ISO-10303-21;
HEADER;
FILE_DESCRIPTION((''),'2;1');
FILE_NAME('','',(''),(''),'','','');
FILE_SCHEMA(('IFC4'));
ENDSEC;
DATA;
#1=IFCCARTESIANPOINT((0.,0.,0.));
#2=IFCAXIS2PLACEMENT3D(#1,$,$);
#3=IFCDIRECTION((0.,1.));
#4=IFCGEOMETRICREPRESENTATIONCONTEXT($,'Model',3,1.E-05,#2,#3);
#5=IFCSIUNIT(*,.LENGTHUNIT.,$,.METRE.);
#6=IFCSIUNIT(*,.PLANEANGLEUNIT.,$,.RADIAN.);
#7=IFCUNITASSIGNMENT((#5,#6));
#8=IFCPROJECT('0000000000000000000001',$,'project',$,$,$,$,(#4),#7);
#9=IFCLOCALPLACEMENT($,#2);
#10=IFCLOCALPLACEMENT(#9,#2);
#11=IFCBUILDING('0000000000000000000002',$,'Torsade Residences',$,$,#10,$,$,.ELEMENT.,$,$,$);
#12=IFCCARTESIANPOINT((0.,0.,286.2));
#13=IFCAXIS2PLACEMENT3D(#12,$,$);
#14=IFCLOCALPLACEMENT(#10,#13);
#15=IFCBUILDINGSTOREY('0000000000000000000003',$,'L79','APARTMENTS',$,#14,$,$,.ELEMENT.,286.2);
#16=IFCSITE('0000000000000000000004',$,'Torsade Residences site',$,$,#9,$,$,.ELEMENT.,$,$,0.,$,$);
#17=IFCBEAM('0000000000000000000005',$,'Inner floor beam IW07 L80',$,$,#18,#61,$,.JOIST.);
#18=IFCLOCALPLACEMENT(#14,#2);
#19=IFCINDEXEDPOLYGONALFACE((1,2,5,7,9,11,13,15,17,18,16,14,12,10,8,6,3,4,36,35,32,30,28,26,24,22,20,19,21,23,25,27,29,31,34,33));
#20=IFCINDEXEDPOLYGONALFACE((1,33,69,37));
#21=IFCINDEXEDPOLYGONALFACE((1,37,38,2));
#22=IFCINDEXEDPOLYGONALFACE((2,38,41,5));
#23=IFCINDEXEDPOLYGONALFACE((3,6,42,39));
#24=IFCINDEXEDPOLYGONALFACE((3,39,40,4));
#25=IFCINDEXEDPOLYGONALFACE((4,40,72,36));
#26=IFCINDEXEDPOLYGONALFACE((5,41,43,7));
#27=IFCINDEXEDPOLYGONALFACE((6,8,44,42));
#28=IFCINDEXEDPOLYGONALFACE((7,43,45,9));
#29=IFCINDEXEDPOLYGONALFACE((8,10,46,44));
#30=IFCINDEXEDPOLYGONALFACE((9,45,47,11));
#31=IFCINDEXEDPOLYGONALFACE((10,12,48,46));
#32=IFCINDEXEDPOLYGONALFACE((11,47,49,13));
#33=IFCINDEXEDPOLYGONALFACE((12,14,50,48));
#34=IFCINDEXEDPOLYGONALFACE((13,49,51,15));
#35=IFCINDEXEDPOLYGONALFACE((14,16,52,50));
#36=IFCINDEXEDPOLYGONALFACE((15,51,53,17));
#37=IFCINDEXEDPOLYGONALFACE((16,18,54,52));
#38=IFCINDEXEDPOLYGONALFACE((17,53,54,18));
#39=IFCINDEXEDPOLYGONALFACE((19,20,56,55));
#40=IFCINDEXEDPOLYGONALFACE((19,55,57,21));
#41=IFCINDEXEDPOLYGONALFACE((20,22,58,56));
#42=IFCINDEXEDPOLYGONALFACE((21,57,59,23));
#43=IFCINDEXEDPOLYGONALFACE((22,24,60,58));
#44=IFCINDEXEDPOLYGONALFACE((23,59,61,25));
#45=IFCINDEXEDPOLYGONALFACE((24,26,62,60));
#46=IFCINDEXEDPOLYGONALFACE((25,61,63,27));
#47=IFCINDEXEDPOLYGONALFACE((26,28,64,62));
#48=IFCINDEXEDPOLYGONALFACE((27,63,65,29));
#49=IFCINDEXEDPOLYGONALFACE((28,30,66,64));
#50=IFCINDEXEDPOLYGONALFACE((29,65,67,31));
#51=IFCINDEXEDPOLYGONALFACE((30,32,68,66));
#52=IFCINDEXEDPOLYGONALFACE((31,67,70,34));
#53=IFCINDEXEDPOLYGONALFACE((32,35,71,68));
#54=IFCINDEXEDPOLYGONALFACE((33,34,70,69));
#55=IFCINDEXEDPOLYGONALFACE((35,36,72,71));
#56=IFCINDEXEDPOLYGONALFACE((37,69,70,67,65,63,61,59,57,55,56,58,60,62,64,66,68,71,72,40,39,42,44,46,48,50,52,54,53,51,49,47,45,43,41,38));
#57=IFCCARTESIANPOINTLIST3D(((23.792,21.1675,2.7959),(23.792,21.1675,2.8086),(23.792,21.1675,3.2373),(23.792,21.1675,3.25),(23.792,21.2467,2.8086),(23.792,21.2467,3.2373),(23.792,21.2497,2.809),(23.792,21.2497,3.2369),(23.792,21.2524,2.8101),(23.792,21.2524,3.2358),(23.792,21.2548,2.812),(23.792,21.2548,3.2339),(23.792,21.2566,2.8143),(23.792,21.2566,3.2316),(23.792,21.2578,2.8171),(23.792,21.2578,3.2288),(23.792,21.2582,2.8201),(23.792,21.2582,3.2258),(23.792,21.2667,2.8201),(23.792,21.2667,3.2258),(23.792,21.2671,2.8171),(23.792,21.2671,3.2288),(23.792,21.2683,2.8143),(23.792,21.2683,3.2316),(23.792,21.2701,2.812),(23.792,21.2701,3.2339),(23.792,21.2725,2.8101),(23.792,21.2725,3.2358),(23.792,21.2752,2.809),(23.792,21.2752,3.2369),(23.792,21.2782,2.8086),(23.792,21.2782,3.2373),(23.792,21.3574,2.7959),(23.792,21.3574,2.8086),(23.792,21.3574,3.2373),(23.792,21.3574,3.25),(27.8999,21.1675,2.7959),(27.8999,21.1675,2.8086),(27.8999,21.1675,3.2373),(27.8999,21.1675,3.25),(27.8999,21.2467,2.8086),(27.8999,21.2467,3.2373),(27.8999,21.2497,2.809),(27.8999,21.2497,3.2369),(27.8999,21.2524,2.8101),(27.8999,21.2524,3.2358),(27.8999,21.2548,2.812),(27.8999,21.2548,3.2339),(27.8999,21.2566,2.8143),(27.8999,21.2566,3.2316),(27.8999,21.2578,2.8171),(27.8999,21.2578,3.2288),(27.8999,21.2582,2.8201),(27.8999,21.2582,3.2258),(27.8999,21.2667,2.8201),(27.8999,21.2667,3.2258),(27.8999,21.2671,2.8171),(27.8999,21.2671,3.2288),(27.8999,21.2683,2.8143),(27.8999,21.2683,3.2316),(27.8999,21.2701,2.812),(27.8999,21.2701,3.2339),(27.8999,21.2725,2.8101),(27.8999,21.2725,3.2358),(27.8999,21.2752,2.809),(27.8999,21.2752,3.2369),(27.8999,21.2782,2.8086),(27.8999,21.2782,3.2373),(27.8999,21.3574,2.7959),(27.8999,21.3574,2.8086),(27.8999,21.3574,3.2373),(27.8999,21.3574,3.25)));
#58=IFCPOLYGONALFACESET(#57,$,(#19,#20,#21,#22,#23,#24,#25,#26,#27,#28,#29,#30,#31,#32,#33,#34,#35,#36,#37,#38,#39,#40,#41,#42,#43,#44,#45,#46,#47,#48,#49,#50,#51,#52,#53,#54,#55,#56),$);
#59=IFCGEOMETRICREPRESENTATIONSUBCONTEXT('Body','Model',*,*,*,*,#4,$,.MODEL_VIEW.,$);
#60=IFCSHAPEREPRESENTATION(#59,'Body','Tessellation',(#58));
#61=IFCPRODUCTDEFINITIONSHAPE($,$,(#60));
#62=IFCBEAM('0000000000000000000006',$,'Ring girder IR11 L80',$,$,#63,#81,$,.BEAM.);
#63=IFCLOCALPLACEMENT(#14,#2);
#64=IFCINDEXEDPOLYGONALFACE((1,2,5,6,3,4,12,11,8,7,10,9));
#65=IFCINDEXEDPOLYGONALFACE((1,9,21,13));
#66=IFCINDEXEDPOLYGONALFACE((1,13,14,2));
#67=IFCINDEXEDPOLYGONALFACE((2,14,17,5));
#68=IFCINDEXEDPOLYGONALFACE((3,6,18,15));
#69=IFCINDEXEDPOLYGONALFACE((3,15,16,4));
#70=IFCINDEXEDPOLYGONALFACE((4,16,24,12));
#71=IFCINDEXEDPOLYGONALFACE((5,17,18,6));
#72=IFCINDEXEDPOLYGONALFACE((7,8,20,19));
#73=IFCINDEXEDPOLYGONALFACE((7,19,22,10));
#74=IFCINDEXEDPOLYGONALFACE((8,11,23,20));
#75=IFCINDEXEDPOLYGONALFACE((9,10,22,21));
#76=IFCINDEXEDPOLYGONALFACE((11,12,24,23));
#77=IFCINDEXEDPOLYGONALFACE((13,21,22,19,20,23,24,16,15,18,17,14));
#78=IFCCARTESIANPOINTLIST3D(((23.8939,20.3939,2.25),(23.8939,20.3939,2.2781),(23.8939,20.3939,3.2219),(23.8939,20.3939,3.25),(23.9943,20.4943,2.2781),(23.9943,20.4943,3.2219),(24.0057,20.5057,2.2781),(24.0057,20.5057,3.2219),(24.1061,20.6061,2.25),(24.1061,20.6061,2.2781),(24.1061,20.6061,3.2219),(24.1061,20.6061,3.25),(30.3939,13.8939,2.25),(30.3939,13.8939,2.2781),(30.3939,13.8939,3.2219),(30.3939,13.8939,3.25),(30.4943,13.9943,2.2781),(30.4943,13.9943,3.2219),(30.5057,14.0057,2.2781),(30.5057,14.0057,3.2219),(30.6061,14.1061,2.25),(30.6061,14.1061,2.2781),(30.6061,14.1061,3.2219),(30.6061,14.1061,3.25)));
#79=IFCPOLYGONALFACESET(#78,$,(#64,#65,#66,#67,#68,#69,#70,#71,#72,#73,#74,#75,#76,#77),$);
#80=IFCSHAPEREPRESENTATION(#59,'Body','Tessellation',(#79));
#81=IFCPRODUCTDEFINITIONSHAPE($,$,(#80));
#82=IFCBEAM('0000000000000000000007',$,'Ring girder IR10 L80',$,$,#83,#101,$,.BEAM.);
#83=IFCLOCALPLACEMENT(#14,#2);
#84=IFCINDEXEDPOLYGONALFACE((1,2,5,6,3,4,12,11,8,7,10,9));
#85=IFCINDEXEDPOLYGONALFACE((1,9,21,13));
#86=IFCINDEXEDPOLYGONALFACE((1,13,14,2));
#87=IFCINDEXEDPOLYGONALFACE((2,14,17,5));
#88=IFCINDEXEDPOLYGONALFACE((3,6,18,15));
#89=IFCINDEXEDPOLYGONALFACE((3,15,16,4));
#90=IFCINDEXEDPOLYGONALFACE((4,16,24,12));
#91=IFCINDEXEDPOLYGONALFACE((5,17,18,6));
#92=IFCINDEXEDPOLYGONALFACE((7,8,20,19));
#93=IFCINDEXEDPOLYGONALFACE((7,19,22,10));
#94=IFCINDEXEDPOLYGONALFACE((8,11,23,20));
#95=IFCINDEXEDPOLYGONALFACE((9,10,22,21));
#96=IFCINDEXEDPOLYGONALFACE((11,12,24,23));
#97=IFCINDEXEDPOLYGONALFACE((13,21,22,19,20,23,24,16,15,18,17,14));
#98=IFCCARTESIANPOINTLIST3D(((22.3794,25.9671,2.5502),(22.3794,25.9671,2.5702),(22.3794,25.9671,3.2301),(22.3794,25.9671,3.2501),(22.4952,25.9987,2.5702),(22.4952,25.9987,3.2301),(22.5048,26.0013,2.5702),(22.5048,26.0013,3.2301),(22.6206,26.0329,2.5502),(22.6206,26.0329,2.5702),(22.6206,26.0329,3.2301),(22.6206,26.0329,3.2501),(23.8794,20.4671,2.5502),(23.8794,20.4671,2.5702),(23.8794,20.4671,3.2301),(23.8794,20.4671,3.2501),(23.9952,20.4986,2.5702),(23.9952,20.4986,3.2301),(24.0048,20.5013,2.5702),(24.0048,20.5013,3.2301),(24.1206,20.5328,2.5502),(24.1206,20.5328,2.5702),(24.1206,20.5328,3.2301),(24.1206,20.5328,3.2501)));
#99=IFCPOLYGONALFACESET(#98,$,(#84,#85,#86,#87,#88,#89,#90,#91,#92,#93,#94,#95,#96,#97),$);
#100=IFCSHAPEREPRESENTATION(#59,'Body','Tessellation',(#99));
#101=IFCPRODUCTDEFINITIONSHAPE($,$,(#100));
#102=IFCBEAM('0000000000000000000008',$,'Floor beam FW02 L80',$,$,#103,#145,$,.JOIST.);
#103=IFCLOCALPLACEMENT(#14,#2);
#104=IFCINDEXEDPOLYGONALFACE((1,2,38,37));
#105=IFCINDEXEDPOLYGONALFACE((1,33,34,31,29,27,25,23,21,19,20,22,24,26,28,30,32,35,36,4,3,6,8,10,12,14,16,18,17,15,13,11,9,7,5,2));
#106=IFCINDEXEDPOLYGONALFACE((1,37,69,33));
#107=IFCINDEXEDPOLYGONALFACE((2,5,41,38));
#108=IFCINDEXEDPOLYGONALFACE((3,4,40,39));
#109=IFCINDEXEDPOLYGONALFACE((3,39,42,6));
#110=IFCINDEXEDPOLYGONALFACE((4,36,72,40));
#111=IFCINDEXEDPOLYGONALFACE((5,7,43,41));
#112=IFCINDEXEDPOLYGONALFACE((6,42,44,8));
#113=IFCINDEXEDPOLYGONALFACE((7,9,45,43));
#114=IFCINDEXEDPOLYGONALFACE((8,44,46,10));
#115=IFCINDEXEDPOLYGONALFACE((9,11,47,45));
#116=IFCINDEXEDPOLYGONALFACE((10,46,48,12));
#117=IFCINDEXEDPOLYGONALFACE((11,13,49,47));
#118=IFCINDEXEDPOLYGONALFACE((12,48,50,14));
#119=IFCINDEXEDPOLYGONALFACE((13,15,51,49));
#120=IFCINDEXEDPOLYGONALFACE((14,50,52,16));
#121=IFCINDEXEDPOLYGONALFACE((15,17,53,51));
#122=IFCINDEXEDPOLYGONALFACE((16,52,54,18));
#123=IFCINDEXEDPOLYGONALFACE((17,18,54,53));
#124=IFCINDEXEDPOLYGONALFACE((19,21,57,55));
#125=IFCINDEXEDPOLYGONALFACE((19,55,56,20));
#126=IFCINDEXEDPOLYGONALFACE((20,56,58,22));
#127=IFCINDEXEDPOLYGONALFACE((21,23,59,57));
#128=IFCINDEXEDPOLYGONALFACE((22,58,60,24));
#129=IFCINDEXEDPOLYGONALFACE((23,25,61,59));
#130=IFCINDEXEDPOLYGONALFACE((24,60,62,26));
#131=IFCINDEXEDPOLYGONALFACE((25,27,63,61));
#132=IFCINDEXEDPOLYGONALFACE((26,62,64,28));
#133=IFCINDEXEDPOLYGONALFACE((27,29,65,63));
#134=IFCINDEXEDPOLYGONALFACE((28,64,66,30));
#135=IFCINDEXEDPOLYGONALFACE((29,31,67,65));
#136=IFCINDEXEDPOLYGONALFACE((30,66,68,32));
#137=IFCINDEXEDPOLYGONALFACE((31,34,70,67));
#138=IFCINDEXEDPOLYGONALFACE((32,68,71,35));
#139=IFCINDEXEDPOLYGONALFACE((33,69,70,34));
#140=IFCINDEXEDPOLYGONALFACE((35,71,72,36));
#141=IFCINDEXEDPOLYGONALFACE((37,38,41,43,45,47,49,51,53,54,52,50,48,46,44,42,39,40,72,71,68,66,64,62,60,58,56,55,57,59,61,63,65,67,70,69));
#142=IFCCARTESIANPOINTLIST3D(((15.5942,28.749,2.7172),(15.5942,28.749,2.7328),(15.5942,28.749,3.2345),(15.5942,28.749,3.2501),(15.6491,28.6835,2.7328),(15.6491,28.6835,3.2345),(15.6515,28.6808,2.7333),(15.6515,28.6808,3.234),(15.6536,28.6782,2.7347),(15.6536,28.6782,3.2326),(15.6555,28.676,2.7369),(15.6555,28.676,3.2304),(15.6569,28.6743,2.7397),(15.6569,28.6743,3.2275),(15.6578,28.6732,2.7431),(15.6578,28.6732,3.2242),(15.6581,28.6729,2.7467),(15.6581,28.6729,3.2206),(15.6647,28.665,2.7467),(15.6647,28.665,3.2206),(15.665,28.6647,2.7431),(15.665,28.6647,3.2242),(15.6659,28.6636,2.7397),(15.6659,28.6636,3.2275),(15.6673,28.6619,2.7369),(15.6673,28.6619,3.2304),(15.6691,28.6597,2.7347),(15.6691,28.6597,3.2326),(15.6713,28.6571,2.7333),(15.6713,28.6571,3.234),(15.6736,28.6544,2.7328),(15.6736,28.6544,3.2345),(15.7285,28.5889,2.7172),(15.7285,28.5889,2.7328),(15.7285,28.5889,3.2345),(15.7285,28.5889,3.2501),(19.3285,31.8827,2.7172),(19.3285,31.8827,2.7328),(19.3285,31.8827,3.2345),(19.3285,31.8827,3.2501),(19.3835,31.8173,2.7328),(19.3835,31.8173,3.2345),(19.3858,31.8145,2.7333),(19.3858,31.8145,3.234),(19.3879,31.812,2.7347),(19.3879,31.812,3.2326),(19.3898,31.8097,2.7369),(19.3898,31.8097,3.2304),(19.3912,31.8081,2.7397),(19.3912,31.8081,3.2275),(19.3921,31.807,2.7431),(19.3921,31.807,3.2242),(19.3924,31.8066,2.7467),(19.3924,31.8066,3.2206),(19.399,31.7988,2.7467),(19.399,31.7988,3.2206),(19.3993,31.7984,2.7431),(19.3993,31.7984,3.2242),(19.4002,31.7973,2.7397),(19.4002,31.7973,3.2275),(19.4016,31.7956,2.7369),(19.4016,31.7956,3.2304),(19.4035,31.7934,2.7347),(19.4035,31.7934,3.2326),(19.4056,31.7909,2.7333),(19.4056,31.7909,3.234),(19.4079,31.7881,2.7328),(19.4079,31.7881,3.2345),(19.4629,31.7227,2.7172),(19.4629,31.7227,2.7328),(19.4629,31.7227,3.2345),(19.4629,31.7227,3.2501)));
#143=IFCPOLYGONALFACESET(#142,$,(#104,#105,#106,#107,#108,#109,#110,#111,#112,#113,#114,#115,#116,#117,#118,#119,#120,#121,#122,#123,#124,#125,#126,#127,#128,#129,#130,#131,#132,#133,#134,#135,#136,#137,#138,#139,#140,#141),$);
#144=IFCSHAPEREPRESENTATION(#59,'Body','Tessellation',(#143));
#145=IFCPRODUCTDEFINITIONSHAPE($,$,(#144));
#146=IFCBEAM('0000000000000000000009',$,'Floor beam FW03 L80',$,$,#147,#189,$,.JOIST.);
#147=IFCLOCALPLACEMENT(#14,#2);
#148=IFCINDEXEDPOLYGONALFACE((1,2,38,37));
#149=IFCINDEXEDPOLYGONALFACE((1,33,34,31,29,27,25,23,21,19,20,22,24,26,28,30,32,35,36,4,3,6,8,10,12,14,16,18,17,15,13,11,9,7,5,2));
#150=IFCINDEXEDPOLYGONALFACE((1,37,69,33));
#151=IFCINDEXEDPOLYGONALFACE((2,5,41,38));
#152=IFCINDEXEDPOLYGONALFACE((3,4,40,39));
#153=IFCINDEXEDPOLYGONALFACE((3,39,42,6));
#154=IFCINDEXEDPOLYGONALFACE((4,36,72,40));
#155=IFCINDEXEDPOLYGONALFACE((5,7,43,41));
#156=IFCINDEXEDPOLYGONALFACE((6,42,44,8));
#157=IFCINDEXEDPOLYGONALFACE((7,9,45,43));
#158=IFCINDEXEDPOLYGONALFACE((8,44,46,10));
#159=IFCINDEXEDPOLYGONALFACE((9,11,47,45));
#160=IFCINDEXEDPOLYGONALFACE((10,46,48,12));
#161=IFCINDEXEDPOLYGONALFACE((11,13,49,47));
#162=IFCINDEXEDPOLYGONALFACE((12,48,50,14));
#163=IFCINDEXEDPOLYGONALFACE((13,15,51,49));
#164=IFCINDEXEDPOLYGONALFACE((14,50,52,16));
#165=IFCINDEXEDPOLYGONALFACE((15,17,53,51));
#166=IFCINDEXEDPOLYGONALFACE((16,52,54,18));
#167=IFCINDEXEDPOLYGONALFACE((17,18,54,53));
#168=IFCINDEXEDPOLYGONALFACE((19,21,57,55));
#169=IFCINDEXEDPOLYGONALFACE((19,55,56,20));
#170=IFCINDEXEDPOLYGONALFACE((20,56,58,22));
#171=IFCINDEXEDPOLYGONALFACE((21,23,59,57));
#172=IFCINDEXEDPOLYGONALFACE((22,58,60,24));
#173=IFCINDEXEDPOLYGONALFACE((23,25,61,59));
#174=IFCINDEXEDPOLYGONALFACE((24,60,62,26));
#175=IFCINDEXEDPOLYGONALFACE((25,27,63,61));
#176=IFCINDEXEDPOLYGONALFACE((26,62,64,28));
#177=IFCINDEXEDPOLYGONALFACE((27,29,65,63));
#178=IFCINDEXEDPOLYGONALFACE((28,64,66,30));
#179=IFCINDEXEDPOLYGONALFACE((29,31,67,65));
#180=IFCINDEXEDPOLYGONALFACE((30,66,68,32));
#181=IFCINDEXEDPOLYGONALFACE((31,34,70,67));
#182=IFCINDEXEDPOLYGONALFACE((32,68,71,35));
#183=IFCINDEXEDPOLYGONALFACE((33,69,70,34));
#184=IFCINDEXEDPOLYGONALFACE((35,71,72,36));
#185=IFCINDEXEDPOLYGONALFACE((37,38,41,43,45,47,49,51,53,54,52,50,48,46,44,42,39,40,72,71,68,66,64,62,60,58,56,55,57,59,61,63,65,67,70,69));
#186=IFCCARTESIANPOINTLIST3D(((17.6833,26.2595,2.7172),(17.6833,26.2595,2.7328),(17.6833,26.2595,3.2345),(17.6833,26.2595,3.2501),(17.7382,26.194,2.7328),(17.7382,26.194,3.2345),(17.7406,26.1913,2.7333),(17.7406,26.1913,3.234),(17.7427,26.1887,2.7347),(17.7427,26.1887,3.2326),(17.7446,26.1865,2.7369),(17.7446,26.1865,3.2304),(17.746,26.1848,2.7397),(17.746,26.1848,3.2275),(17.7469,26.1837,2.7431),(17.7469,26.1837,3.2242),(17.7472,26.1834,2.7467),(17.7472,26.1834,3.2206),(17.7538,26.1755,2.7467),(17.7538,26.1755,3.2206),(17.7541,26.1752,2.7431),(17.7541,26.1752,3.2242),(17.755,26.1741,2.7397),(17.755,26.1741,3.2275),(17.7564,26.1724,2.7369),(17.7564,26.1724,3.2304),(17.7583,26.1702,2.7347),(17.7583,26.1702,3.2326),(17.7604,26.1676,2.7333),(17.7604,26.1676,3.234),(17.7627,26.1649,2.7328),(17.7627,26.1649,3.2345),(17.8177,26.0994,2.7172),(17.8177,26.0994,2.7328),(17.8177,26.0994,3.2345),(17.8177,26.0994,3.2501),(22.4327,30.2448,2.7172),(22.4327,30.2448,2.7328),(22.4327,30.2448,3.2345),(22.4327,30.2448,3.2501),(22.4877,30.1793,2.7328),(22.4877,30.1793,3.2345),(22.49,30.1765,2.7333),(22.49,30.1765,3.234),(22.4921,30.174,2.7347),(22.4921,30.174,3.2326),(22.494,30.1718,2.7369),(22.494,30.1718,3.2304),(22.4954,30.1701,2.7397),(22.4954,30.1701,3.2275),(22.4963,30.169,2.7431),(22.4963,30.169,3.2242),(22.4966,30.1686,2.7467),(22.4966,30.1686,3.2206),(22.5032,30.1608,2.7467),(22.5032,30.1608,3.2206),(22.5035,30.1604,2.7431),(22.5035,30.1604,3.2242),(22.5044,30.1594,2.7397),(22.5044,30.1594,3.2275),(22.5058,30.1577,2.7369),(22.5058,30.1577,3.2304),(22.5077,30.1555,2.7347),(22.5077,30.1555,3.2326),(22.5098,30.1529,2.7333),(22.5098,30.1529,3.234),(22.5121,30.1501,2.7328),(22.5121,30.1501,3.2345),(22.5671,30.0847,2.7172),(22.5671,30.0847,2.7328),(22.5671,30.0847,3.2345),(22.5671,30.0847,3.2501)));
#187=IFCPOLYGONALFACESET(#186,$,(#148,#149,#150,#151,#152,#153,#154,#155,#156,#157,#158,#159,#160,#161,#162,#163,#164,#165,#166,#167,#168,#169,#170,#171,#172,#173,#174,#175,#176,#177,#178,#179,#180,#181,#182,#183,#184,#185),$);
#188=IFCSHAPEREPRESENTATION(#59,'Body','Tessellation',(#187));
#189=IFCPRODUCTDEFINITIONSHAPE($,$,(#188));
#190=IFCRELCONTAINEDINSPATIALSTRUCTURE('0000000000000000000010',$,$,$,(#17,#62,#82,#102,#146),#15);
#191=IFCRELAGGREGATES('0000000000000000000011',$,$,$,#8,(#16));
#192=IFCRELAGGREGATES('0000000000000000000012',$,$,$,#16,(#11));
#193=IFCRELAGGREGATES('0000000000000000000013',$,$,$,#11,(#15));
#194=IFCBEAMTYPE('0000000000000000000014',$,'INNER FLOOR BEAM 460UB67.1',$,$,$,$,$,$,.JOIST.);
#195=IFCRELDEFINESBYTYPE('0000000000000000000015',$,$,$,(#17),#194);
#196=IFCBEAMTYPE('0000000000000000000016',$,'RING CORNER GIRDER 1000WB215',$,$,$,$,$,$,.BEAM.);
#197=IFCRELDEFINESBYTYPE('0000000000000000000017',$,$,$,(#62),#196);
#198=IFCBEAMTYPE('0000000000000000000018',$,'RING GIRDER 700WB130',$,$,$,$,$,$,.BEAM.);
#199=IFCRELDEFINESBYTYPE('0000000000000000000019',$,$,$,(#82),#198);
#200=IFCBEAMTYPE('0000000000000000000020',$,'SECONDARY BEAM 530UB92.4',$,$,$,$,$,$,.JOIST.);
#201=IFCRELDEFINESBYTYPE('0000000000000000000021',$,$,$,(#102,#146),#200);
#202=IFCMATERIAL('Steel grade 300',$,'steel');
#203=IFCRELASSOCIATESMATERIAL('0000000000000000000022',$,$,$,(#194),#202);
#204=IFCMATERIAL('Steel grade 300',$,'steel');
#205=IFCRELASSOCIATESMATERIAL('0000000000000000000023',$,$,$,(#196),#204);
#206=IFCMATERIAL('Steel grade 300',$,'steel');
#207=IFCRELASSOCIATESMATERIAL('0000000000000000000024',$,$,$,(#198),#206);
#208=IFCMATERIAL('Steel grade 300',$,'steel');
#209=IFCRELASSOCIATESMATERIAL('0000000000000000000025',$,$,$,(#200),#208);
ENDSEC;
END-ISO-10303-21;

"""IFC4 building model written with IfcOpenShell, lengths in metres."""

from ifc_helpers import new_model, si_unit, direction, frame, origin, origin_2d, place, context, subcontext, project, spatial, i_section, extrude, material, material_profile, profile_set, type_object, element, save


model = new_model("IFC4")

# Units and contexts
model_context = context("Model", 3, precision=1e-05, world=origin(), true_north=direction((0.0, 1.0)))
body_context = subcontext(model_context, "Body", "Model", "MODEL_VIEW")
ifc_project = project(units=[si_unit("LENGTHUNIT", "METRE"), si_unit("PLANEANGLEUNIT", "RADIAN")], contexts=[model_context])

# Site, building, storey
site_placement = place(None, origin())
site = spatial("IfcSite", under=ifc_project, at=site_placement, Name="Torsade Residences site", CompositionType="ELEMENT", RefElevation=0.0)
building_placement = place(site_placement, origin())
building = spatial("IfcBuilding", under=site, at=building_placement, Name="Torsade Residences", CompositionType="ELEMENT")
storey_placement = place(building_placement, frame((0.0, 0.0, 286.2)))
storey = spatial("IfcBuildingStorey", under=building, at=storey_placement, Name="L79", Description="APARTMENTS", CompositionType="ELEMENT", Elevation=286.2)

# Beams
ifc_material_1 = material(Name="Steel grade 300", Category="steel")
ifc_material_profile_1 = material_profile(ifc_material_1, i_section(OverallWidth=0.1899, OverallDepth=0.4541, WebThickness=0.0085, FlangeThickness=0.0127, FilletRadius=0.0115, at=origin_2d()), Name="460UB67.1")
ifc_profile_set_1 = profile_set([ifc_material_profile_1], Name="Steel grade 300")
beam_type_1 = type_object("IfcBeamType", Name="INNER FLOOR BEAM 460UB67.1", PredefinedType="JOIST", material=ifc_profile_set_1)
beam_1_placement = place(storey_placement, frame((27.8999, 21.2625, 3.0229), z_axis=(-1.0, 0.0, 0.0), x_axis=(0.0, -1.0, 0.0)))
element("IfcBeam", 1, at=beam_1_placement, inside=storey, type_object=beam_type_1, Name="Inner floor beam IW07 L80", PredefinedType="JOIST", context=body_context, shape_type="SweptSolid", body=[
    extrude(i_section(OverallWidth=0.1899, OverallDepth=0.4541, WebThickness=0.0085, FlangeThickness=0.0127, FilletRadius=0.0115, at=origin_2d()), origin(), (0.0, 0.0, 1.0), 4.1079),
])
ifc_material_2 = material(Name="Steel grade 300", Category="steel")
ifc_material_profile_2 = material_profile(ifc_material_2, i_section(OverallWidth=0.3, OverallDepth=1.0, WebThickness=0.0161, FlangeThickness=0.0281, at=origin_2d()), Name="1000WB215")
ifc_profile_set_2 = profile_set([ifc_material_profile_2], Name="Steel grade 300")
beam_type_2 = type_object("IfcBeamType", Name="RING CORNER GIRDER 1000WB215", PredefinedType="BEAM", material=ifc_profile_set_2)
beam_2_placement = place(storey_placement, frame((24.0, 20.5, 2.75), z_axis=(0.707107, -0.707107, 0.0), x_axis=(0.707107, 0.707107, 0.0)))
element("IfcBeam", 2, at=beam_2_placement, inside=storey, type_object=beam_type_2, Name="Ring girder IR11 L80", PredefinedType="BEAM", context=body_context, shape_type="SweptSolid", body=[
    extrude(i_section(OverallWidth=0.3, OverallDepth=1.0, WebThickness=0.0161, FlangeThickness=0.0281, at=origin_2d()), origin(), (0.0, 0.0, 1.0), 9.1924),
])
ifc_material_3 = material(Name="Steel grade 300", Category="steel")
ifc_material_profile_3 = material_profile(ifc_material_3, i_section(OverallWidth=0.25, OverallDepth=0.7, WebThickness=0.01, FlangeThickness=0.02, at=origin_2d()), Name="700WB130")
ifc_profile_set_3 = profile_set([ifc_material_profile_3], Name="Steel grade 300")
beam_type_3 = type_object("IfcBeamType", Name="RING GIRDER 700WB130", PredefinedType="BEAM", material=ifc_profile_set_3)
beam_3_placement = place(storey_placement, frame((22.5, 26.0, 2.9001), z_axis=(0.263117, -0.964764, 0.0), x_axis=(0.964764, 0.263117, 0.0)))
element("IfcBeam", 3, at=beam_3_placement, inside=storey, type_object=beam_type_3, Name="Ring girder IR10 L80", PredefinedType="BEAM", context=body_context, shape_type="SweptSolid", body=[
    extrude(i_section(OverallWidth=0.25, OverallDepth=0.7, WebThickness=0.01, FlangeThickness=0.02, at=origin_2d()), origin(), (0.0, 0.0, 1.0), 5.7009),
])
ifc_material_4 = material(Name="Steel grade 300", Category="steel")
ifc_material_profile_4 = material_profile(ifc_material_4, i_section(OverallWidth=0.209, OverallDepth=0.533, WebThickness=0.0103, FlangeThickness=0.0156, FilletRadius=0.0139, at=origin_2d()), Name="530UB92.4")
ifc_profile_set_4 = profile_set([ifc_material_profile_4], Name="Steel grade 300")
beam_type_4 = type_object("IfcBeamType", Name="SECONDARY BEAM 530UB92.4", PredefinedType="JOIST", material=ifc_profile_set_4)
beam_4_placement = place(storey_placement, frame((15.6614, 28.6689, 2.9836), z_axis=(0.766017, 0.642821, 0.0), x_axis=(-0.642821, 0.766017, 0.0)))
element("IfcBeam", 4, at=beam_4_placement, inside=storey, type_object=beam_type_4, Name="Floor beam FW02 L80", PredefinedType="JOIST", context=body_context, shape_type="SweptSolid", body=[
    extrude(i_section(OverallWidth=0.209, OverallDepth=0.533, WebThickness=0.0103, FlangeThickness=0.0156, FilletRadius=0.0139, at=origin_2d()), origin(), (0.0, 0.0, 1.0), 4.875),
])
beam_5_placement = place(storey_placement, frame((17.7505, 26.1794, 2.9836), z_axis=(0.766041, 0.642791, 0.0), x_axis=(-0.642791, 0.766041, 0.0)))
element("IfcBeam", 5, at=beam_5_placement, inside=storey, type_object=beam_type_4, Name="Floor beam FW03 L80", PredefinedType="JOIST", context=body_context, shape_type="SweptSolid", body=[
    extrude(i_section(OverallWidth=0.209, OverallDepth=0.533, WebThickness=0.0103, FlangeThickness=0.0156, FilletRadius=0.0139, at=origin_2d()), origin(), (0.0, 0.0, 1.0), 6.2),
])

save(model, "model.ifc")
